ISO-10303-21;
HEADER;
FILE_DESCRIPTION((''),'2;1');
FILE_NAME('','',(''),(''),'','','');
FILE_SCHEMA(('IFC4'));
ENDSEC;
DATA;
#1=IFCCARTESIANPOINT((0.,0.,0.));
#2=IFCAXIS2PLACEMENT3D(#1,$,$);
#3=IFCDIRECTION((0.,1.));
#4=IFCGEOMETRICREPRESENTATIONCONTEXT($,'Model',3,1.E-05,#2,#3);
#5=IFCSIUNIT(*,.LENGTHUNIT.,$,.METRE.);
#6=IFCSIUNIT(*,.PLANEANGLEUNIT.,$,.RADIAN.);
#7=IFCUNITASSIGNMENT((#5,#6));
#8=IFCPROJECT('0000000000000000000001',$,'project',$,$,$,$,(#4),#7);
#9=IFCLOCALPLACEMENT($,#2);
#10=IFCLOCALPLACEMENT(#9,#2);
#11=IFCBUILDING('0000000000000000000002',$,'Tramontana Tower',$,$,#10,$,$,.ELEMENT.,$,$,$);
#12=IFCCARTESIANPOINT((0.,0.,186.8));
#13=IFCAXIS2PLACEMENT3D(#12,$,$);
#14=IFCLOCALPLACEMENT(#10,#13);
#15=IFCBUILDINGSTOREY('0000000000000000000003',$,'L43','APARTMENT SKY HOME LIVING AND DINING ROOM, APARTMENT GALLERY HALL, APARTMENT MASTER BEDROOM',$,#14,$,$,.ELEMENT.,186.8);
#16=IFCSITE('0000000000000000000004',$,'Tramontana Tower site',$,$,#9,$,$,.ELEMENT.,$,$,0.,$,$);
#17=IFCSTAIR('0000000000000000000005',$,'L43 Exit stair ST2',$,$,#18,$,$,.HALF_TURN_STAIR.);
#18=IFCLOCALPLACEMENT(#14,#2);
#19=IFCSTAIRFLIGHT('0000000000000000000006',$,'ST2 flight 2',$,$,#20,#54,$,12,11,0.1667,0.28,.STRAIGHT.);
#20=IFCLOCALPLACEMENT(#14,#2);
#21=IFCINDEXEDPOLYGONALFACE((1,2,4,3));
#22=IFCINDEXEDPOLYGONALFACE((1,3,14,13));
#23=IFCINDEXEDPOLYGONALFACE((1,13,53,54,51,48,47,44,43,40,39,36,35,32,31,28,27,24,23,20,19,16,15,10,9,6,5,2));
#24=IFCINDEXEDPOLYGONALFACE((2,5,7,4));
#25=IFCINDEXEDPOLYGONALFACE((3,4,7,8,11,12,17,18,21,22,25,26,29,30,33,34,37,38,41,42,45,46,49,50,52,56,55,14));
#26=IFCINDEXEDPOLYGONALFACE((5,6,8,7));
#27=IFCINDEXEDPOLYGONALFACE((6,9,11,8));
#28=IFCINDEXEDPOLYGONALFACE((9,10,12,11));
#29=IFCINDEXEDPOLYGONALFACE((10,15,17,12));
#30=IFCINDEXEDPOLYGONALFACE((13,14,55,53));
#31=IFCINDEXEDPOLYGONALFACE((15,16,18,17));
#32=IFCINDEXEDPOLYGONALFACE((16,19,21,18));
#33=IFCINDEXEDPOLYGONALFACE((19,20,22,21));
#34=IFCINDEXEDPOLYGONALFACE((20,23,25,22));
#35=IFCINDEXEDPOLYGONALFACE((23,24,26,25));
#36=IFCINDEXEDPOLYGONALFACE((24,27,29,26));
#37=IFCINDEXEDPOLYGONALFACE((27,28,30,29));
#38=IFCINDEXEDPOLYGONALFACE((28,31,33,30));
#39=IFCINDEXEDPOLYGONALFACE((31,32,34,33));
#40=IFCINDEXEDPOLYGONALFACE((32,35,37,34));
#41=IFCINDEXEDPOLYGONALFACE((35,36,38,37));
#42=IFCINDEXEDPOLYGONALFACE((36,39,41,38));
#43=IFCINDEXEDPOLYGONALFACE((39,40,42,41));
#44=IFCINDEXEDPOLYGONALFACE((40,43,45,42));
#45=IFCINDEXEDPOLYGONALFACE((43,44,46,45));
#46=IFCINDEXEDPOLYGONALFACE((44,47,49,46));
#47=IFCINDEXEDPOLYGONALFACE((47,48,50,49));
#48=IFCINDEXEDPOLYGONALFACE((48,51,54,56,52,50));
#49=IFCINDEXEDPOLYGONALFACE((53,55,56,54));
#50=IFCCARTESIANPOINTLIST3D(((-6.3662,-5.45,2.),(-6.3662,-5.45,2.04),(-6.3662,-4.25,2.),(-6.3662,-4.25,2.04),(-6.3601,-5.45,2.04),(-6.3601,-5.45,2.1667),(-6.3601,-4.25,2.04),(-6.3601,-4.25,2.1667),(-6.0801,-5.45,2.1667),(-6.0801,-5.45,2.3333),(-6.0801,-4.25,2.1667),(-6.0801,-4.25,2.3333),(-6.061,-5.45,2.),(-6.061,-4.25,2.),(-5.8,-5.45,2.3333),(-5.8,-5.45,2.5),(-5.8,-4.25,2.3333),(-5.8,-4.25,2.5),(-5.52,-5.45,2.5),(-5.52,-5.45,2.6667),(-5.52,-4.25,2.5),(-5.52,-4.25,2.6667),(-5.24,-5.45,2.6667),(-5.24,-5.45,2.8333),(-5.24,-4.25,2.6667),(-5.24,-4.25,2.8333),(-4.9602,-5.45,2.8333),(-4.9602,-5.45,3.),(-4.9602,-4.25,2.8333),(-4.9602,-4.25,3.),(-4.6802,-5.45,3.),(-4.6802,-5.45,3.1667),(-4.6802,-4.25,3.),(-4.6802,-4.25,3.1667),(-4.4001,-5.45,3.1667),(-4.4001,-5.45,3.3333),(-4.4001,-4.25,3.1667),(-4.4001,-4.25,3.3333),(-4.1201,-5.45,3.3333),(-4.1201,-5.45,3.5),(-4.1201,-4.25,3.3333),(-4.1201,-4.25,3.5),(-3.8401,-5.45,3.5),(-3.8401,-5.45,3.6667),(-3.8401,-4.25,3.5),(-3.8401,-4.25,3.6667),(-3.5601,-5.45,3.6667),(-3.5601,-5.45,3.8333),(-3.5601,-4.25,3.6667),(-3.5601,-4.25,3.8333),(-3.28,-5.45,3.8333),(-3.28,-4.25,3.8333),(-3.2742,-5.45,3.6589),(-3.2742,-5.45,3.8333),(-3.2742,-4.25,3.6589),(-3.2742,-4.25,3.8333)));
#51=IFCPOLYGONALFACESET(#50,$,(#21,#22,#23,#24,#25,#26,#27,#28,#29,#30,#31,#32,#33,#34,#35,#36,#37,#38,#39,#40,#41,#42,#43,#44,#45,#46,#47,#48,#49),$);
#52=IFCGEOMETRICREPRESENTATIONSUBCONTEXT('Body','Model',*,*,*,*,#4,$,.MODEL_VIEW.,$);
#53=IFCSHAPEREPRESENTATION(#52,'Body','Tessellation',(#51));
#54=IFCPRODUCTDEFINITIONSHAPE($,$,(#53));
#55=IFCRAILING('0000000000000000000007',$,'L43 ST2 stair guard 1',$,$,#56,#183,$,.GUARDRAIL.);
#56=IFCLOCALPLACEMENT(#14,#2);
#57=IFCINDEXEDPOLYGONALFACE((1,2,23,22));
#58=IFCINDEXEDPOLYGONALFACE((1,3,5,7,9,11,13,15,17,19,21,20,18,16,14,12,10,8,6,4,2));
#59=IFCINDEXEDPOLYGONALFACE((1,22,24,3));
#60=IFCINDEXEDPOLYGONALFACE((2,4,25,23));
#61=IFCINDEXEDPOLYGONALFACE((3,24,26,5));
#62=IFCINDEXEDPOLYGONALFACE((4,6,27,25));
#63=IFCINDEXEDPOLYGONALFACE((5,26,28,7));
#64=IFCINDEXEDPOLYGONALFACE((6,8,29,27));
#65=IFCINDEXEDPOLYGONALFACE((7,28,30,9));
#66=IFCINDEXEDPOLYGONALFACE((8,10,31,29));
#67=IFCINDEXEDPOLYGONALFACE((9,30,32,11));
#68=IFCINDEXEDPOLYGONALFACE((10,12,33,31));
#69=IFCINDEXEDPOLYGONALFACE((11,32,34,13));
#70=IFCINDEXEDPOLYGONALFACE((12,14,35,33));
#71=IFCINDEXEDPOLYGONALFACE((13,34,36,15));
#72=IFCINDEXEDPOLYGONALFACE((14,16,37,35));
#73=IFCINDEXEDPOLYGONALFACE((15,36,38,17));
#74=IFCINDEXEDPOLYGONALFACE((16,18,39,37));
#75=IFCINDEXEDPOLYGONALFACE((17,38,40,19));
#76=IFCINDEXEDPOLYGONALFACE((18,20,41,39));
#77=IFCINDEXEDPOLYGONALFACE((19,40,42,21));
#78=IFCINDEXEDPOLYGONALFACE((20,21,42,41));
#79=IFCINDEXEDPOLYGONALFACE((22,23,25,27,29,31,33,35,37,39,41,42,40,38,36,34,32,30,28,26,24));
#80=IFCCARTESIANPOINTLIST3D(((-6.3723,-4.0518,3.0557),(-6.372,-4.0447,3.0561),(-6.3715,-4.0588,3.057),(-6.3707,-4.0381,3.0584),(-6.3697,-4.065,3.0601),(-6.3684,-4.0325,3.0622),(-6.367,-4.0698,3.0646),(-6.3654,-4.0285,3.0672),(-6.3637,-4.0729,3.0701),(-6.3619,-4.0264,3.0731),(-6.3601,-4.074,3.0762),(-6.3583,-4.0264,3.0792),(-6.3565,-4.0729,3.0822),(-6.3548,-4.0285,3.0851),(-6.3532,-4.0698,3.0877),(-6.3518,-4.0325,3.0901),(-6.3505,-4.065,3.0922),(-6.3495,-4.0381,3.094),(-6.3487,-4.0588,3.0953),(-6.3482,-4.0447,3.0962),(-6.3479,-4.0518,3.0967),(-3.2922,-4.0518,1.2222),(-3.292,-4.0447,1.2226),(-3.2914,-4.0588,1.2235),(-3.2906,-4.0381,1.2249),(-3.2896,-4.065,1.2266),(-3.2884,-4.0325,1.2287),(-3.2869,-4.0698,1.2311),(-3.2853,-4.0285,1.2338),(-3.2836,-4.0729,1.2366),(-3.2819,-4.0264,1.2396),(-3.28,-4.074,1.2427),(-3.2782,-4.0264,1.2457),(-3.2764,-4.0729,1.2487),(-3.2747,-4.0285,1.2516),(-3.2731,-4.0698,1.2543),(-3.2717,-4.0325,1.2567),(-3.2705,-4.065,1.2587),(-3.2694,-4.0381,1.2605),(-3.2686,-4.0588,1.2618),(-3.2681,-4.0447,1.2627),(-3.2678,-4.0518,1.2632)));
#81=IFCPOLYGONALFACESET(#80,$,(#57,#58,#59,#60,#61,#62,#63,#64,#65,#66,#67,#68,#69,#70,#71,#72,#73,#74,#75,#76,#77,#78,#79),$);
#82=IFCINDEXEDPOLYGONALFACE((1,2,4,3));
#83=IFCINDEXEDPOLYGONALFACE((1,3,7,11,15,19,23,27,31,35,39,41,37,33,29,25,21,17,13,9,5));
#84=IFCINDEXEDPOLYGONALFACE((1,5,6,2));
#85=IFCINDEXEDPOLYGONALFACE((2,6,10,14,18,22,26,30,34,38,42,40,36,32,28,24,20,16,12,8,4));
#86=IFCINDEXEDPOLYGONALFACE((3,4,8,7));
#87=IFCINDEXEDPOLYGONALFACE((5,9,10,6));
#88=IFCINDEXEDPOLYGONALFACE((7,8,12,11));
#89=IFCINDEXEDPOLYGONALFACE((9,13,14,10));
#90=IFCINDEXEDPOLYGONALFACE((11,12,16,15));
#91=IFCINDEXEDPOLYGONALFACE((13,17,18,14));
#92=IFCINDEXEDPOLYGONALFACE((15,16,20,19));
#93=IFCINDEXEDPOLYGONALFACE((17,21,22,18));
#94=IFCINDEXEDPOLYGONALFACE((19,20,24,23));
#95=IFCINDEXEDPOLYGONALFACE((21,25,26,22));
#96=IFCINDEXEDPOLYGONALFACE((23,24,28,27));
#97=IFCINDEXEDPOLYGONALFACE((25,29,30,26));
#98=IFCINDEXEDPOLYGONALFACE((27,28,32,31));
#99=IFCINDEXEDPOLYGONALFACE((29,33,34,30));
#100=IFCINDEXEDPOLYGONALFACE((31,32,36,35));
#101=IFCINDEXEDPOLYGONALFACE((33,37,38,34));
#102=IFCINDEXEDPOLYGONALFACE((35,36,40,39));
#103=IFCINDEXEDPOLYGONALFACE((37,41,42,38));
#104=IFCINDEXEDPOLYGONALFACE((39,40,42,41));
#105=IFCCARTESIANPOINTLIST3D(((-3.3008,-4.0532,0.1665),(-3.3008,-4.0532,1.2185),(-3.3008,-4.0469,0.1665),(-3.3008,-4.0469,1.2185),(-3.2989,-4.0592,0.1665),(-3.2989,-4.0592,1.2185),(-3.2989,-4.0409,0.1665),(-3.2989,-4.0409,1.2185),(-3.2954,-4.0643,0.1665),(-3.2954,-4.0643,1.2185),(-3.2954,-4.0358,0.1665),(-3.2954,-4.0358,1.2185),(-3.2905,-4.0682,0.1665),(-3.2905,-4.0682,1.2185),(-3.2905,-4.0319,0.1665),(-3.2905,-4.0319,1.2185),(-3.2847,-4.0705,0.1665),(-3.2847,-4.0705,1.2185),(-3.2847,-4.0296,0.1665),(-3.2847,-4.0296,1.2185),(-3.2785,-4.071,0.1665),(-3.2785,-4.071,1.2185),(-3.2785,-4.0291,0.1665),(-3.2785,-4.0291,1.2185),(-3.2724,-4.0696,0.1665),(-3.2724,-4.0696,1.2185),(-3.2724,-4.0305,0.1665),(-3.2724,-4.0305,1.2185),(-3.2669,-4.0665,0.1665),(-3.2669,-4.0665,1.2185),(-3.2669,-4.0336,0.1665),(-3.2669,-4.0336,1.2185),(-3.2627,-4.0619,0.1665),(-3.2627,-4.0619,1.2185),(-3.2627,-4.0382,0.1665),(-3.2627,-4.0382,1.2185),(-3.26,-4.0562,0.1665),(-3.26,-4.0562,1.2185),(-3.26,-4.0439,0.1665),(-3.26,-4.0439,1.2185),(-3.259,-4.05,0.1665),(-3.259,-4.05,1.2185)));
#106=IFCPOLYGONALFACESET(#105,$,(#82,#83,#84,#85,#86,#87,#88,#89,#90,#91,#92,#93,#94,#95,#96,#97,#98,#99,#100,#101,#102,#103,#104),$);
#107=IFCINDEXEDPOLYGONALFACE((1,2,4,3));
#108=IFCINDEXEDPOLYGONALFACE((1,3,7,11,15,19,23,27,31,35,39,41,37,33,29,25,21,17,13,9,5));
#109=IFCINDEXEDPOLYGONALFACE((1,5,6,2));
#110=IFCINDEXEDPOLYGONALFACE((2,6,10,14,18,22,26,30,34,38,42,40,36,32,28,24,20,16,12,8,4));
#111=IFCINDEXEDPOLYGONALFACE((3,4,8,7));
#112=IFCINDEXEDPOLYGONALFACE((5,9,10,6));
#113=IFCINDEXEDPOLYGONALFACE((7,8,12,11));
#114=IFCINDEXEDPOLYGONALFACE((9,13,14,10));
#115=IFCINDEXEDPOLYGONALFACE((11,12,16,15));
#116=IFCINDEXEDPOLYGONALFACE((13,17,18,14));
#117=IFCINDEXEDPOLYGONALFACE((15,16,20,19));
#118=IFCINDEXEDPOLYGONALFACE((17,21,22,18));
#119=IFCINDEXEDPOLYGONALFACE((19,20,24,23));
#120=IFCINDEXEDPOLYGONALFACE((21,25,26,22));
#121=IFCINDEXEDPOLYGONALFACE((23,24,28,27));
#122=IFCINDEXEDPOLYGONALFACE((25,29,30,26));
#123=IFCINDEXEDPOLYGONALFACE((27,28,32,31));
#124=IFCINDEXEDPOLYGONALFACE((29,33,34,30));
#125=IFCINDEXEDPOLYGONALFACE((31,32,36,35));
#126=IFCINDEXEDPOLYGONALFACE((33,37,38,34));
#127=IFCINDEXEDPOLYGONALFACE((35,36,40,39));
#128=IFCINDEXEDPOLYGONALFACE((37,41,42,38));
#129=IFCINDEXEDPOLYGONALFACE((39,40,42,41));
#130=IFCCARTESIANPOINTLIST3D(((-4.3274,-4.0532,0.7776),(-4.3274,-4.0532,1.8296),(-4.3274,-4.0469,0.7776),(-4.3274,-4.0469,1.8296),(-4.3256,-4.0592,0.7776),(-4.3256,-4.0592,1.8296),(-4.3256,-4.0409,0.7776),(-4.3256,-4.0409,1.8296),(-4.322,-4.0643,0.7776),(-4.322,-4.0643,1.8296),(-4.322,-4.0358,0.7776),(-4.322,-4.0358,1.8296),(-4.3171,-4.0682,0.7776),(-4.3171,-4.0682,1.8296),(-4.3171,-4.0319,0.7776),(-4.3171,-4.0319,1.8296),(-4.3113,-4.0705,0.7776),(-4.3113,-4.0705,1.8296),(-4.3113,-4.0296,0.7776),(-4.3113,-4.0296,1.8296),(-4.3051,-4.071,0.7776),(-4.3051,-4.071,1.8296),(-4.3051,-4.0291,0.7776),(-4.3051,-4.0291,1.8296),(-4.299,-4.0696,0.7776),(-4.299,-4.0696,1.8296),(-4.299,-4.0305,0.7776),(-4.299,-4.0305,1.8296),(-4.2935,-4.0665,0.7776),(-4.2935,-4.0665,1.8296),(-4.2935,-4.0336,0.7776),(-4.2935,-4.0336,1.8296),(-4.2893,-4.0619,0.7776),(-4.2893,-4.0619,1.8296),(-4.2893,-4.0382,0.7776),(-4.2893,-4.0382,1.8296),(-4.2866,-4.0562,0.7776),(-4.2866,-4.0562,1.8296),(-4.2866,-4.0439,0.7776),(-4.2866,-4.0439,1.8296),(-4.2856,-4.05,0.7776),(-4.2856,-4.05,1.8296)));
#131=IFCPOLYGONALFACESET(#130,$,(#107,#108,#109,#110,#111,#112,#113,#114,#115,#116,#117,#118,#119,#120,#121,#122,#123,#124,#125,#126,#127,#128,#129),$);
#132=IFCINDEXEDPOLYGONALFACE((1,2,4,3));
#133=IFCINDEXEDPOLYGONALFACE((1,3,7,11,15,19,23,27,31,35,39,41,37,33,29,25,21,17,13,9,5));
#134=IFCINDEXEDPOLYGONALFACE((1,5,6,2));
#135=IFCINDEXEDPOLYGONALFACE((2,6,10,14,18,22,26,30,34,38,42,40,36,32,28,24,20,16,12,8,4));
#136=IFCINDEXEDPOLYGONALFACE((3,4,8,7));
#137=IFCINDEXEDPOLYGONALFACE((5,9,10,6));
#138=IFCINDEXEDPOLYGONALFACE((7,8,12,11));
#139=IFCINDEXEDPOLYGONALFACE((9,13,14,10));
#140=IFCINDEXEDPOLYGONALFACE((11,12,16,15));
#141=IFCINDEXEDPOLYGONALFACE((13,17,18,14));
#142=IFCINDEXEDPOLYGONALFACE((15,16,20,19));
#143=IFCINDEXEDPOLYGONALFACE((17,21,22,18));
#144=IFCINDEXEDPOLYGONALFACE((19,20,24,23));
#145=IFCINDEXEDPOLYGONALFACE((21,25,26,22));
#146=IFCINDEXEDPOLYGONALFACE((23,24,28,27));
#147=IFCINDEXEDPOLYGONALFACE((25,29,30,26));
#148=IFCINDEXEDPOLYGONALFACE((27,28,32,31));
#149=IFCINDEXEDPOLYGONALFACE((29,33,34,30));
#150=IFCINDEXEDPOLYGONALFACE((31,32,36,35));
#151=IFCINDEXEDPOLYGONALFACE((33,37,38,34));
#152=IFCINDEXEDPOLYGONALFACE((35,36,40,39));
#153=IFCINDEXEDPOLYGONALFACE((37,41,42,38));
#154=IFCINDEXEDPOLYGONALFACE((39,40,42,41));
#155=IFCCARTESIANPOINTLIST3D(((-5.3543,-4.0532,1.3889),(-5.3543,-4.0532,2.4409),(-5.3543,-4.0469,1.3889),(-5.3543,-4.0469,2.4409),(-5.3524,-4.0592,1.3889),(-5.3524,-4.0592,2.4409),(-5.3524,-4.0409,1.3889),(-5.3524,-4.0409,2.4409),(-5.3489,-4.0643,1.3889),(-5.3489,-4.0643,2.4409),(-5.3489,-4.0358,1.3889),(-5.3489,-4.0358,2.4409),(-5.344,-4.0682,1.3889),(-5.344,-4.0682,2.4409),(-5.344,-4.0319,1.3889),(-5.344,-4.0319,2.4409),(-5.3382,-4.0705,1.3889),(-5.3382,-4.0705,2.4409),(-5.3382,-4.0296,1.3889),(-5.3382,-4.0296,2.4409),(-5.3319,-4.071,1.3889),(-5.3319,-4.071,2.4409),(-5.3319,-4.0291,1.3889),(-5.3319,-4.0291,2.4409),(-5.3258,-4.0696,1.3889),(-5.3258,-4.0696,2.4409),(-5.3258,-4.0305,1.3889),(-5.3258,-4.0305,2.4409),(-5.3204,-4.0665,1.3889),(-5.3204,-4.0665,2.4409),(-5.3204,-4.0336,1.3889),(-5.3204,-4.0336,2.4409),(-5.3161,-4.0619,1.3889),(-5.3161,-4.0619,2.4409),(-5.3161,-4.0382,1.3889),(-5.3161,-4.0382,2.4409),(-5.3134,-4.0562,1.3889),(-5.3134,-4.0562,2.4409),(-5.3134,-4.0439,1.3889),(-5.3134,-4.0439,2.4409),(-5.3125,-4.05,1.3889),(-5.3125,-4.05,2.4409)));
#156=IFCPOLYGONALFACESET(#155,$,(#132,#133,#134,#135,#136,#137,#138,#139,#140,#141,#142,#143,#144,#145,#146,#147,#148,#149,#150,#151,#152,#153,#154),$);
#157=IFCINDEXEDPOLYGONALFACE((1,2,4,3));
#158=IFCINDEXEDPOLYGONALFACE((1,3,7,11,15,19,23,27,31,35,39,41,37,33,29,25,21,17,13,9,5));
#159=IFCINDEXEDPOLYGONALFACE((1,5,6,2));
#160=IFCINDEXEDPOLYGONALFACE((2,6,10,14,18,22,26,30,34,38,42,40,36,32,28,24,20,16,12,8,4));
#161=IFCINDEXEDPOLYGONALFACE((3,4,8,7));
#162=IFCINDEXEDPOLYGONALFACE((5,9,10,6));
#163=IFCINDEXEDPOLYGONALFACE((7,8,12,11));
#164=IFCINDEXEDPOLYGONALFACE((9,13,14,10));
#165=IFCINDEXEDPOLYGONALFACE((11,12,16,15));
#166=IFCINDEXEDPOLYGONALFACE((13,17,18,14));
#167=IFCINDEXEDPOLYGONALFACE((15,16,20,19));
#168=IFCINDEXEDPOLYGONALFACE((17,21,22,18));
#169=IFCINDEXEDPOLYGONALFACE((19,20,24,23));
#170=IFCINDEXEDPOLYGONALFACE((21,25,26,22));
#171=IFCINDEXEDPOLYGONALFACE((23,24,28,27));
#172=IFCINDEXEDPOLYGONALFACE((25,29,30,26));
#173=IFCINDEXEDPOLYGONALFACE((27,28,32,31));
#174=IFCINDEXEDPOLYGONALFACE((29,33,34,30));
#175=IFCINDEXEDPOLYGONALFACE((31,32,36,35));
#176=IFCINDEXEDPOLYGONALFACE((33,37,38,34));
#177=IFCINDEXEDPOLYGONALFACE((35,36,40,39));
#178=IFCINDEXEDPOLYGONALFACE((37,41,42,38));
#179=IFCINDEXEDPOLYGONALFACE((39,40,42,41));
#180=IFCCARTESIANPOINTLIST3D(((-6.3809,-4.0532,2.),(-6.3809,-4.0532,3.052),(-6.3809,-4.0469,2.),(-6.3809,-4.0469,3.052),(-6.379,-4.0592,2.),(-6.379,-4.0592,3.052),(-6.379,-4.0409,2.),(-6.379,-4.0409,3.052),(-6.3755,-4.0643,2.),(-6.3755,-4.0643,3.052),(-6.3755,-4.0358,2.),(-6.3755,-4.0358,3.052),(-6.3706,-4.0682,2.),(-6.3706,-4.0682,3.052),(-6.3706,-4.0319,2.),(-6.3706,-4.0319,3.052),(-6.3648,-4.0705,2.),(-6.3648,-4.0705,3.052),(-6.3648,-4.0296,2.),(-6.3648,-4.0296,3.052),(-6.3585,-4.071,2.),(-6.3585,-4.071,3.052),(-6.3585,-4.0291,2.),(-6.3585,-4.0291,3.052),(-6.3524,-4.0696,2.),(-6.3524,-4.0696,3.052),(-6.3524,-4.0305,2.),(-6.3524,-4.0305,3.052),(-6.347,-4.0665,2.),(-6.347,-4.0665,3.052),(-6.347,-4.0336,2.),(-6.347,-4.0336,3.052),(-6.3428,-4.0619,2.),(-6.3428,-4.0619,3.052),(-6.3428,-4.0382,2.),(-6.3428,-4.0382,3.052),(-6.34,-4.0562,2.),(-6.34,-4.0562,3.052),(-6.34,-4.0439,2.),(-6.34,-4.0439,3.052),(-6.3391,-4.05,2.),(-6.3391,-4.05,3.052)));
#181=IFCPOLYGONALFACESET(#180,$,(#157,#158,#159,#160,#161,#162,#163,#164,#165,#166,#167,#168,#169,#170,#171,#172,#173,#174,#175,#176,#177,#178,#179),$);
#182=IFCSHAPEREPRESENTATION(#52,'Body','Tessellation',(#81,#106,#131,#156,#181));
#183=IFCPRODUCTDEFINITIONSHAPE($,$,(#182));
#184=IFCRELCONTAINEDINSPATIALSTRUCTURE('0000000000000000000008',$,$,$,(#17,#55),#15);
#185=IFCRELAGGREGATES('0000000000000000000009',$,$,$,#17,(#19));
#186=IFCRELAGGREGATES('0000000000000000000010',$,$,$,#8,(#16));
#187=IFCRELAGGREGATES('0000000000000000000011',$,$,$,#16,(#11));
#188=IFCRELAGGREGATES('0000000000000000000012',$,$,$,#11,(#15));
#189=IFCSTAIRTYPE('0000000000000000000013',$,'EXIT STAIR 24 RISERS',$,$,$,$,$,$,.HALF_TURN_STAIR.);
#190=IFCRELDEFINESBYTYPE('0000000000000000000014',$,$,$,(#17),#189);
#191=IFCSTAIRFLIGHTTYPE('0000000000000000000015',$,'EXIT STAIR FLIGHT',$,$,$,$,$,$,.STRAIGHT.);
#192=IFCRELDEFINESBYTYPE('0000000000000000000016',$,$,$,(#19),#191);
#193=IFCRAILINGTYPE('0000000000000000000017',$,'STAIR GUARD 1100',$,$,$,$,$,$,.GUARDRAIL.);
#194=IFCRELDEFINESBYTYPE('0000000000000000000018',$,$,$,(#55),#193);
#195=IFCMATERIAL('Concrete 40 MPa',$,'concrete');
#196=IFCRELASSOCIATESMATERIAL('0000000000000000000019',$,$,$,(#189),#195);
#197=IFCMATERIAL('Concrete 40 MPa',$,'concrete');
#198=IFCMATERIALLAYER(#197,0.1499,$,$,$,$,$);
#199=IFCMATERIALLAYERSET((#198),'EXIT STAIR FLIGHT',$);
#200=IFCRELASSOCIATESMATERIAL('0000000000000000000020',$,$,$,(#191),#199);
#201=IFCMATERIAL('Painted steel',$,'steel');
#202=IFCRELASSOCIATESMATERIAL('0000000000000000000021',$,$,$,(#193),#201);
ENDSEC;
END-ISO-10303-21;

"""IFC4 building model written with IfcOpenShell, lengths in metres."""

from ifc_helpers import new_model, si_unit, direction, frame, origin, origin_2d, place, context, subcontext, project, spatial, polyline, circle, outline, extrude, material, layer, layer_set, type_object, element, aggregate, save


model = new_model("IFC4")

# Units and contexts
model_context = context("Model", 3, precision=1e-05, world=origin(), true_north=direction((0.0, 1.0)))
body_context = subcontext(model_context, "Body", "Model", "MODEL_VIEW")
ifc_project = project(units=[si_unit("LENGTHUNIT", "METRE"), si_unit("PLANEANGLEUNIT", "RADIAN")], contexts=[model_context])

# Site, building, storey
site_placement = place(None, origin())
site = spatial("IfcSite", under=ifc_project, at=site_placement, Name="Tramontana Tower site", CompositionType="ELEMENT", RefElevation=0.0)
building_placement = place(site_placement, origin())
building = spatial("IfcBuilding", under=site, at=building_placement, Name="Tramontana Tower", CompositionType="ELEMENT")
storey_placement = place(building_placement, frame((0.0, 0.0, 186.8)))
storey = spatial("IfcBuildingStorey", under=building, at=storey_placement, Name="L43", Description="APARTMENT SKY HOME LIVING AND DINING ROOM, APARTMENT GALLERY HALL, APARTMENT MASTER BEDROOM", CompositionType="ELEMENT", Elevation=186.8)

# Stair, stair flight
ifc_material_1 = material(Name="Concrete 40 MPa", Category="concrete")
stair_type = type_object("IfcStairType", Name="EXIT STAIR 24 RISERS", PredefinedType="HALF_TURN_STAIR", material=ifc_material_1)
stair_placement = place(storey_placement, origin())
stair = element("IfcStair", 1, at=stair_placement, inside=storey, type_object=stair_type, Name="L43 Exit stair ST2", PredefinedType="HALF_TURN_STAIR")
ifc_material_2 = material(Name="Concrete 40 MPa", Category="concrete")
ifc_layer_1 = layer(ifc_material_2, 0.1499)
ifc_layer_set_1 = layer_set([ifc_layer_1], Name="EXIT STAIR FLIGHT")
stair_flight_type = type_object("IfcStairFlightType", Name="EXIT STAIR FLIGHT", PredefinedType="STRAIGHT", material=ifc_layer_set_1)
stair_flight_1_placement = place(storey_placement, frame((-6.3601, -4.8501, 2.0), z_axis=(0.0, 0.0, 1.0), x_axis=(1.0, 0.0, 0.0)))
stair_flight_1 = element("IfcStairFlight", 2, at=stair_flight_1_placement, type_object=stair_flight_type, Name="ST2 flight 2", NumberOfRisers=12, NumberOfTreads=11, PredefinedType="STRAIGHT", RiserHeight=0.1667, TreadLength=0.28, context=body_context, shape_type="SweptSolid", body=[
    extrude(outline(polyline([(-0.0061, 0.0), (-0.0061, 0.04), (0.0, 0.04), (0.0, 0.1667), (0.28, 0.1667), (0.28, 0.3333), (0.5601, 0.3333), (0.5601, 0.5), (0.8401, 0.5), (0.8401, 0.6667), (1.1201, 0.6667), (1.1201, 0.8333), (1.3999, 0.8333), (1.3999, 1.0), (1.6799, 1.0), (1.6799, 1.1667), (1.96, 1.1667), (1.96, 1.3333), (2.24, 1.3333), (2.24, 1.5), (2.52, 1.5), (2.52, 1.6667), (2.8, 1.6667), (2.8, 1.8333), (3.0801, 1.8333), (3.0859, 1.8333), (3.0859, 1.6589), (0.2991, 0.0), (-0.0061, 0.0)])), frame((0.0, 0.6001, 0.0), z_axis=(0.0, -1.0, 0.0), x_axis=(1.0, 0.0, 0.0)), (0.0, 0.0, 1.0), 1.2),
])
aggregate(stair, [stair_flight_1])

# Railing
ifc_material_3 = material(Name="Painted steel", Category="steel")
railing_type_1 = type_object("IfcRailingType", Name="STAIR GUARD 1100", PredefinedType="GUARDRAIL", material=ifc_material_3)
railing_1_placement = place(storey_placement, frame((-3.28, -4.05, 0.1665)))
element("IfcRailing", 3, at=railing_1_placement, inside=storey, type_object=railing_type_1, Name="L43 ST2 stair guard 1", PredefinedType="GUARDRAIL", context=body_context, shape_type="SweptSolid", body=[
    extrude(circle(Radius=0.0239, at=origin_2d()), frame((0.0, 0.0, 1.0762), z_axis=(-0.859279, 0.0, 0.511508), x_axis=(0.0, -1.0, 0.0)), (0.0, 0.0, 1.0), 3.5845),
    extrude(circle(Radius=0.021, at=origin_2d()), origin(), (0.0, 0.0, 1.0), 1.052),
    extrude(circle(Radius=0.021, at=origin_2d()), frame((-1.0266, 0.0, 0.6111)), (0.0, 0.0, 1.0), 1.052),
    extrude(circle(Radius=0.021, at=origin_2d()), frame((-2.0535, 0.0, 1.2224)), (0.0, 0.0, 1.0), 1.052),
    extrude(circle(Radius=0.021, at=origin_2d()), frame((-3.0801, 0.0, 1.8335)), (0.0, 0.0, 1.0), 1.052),
])

save(model, "model.ifc")
